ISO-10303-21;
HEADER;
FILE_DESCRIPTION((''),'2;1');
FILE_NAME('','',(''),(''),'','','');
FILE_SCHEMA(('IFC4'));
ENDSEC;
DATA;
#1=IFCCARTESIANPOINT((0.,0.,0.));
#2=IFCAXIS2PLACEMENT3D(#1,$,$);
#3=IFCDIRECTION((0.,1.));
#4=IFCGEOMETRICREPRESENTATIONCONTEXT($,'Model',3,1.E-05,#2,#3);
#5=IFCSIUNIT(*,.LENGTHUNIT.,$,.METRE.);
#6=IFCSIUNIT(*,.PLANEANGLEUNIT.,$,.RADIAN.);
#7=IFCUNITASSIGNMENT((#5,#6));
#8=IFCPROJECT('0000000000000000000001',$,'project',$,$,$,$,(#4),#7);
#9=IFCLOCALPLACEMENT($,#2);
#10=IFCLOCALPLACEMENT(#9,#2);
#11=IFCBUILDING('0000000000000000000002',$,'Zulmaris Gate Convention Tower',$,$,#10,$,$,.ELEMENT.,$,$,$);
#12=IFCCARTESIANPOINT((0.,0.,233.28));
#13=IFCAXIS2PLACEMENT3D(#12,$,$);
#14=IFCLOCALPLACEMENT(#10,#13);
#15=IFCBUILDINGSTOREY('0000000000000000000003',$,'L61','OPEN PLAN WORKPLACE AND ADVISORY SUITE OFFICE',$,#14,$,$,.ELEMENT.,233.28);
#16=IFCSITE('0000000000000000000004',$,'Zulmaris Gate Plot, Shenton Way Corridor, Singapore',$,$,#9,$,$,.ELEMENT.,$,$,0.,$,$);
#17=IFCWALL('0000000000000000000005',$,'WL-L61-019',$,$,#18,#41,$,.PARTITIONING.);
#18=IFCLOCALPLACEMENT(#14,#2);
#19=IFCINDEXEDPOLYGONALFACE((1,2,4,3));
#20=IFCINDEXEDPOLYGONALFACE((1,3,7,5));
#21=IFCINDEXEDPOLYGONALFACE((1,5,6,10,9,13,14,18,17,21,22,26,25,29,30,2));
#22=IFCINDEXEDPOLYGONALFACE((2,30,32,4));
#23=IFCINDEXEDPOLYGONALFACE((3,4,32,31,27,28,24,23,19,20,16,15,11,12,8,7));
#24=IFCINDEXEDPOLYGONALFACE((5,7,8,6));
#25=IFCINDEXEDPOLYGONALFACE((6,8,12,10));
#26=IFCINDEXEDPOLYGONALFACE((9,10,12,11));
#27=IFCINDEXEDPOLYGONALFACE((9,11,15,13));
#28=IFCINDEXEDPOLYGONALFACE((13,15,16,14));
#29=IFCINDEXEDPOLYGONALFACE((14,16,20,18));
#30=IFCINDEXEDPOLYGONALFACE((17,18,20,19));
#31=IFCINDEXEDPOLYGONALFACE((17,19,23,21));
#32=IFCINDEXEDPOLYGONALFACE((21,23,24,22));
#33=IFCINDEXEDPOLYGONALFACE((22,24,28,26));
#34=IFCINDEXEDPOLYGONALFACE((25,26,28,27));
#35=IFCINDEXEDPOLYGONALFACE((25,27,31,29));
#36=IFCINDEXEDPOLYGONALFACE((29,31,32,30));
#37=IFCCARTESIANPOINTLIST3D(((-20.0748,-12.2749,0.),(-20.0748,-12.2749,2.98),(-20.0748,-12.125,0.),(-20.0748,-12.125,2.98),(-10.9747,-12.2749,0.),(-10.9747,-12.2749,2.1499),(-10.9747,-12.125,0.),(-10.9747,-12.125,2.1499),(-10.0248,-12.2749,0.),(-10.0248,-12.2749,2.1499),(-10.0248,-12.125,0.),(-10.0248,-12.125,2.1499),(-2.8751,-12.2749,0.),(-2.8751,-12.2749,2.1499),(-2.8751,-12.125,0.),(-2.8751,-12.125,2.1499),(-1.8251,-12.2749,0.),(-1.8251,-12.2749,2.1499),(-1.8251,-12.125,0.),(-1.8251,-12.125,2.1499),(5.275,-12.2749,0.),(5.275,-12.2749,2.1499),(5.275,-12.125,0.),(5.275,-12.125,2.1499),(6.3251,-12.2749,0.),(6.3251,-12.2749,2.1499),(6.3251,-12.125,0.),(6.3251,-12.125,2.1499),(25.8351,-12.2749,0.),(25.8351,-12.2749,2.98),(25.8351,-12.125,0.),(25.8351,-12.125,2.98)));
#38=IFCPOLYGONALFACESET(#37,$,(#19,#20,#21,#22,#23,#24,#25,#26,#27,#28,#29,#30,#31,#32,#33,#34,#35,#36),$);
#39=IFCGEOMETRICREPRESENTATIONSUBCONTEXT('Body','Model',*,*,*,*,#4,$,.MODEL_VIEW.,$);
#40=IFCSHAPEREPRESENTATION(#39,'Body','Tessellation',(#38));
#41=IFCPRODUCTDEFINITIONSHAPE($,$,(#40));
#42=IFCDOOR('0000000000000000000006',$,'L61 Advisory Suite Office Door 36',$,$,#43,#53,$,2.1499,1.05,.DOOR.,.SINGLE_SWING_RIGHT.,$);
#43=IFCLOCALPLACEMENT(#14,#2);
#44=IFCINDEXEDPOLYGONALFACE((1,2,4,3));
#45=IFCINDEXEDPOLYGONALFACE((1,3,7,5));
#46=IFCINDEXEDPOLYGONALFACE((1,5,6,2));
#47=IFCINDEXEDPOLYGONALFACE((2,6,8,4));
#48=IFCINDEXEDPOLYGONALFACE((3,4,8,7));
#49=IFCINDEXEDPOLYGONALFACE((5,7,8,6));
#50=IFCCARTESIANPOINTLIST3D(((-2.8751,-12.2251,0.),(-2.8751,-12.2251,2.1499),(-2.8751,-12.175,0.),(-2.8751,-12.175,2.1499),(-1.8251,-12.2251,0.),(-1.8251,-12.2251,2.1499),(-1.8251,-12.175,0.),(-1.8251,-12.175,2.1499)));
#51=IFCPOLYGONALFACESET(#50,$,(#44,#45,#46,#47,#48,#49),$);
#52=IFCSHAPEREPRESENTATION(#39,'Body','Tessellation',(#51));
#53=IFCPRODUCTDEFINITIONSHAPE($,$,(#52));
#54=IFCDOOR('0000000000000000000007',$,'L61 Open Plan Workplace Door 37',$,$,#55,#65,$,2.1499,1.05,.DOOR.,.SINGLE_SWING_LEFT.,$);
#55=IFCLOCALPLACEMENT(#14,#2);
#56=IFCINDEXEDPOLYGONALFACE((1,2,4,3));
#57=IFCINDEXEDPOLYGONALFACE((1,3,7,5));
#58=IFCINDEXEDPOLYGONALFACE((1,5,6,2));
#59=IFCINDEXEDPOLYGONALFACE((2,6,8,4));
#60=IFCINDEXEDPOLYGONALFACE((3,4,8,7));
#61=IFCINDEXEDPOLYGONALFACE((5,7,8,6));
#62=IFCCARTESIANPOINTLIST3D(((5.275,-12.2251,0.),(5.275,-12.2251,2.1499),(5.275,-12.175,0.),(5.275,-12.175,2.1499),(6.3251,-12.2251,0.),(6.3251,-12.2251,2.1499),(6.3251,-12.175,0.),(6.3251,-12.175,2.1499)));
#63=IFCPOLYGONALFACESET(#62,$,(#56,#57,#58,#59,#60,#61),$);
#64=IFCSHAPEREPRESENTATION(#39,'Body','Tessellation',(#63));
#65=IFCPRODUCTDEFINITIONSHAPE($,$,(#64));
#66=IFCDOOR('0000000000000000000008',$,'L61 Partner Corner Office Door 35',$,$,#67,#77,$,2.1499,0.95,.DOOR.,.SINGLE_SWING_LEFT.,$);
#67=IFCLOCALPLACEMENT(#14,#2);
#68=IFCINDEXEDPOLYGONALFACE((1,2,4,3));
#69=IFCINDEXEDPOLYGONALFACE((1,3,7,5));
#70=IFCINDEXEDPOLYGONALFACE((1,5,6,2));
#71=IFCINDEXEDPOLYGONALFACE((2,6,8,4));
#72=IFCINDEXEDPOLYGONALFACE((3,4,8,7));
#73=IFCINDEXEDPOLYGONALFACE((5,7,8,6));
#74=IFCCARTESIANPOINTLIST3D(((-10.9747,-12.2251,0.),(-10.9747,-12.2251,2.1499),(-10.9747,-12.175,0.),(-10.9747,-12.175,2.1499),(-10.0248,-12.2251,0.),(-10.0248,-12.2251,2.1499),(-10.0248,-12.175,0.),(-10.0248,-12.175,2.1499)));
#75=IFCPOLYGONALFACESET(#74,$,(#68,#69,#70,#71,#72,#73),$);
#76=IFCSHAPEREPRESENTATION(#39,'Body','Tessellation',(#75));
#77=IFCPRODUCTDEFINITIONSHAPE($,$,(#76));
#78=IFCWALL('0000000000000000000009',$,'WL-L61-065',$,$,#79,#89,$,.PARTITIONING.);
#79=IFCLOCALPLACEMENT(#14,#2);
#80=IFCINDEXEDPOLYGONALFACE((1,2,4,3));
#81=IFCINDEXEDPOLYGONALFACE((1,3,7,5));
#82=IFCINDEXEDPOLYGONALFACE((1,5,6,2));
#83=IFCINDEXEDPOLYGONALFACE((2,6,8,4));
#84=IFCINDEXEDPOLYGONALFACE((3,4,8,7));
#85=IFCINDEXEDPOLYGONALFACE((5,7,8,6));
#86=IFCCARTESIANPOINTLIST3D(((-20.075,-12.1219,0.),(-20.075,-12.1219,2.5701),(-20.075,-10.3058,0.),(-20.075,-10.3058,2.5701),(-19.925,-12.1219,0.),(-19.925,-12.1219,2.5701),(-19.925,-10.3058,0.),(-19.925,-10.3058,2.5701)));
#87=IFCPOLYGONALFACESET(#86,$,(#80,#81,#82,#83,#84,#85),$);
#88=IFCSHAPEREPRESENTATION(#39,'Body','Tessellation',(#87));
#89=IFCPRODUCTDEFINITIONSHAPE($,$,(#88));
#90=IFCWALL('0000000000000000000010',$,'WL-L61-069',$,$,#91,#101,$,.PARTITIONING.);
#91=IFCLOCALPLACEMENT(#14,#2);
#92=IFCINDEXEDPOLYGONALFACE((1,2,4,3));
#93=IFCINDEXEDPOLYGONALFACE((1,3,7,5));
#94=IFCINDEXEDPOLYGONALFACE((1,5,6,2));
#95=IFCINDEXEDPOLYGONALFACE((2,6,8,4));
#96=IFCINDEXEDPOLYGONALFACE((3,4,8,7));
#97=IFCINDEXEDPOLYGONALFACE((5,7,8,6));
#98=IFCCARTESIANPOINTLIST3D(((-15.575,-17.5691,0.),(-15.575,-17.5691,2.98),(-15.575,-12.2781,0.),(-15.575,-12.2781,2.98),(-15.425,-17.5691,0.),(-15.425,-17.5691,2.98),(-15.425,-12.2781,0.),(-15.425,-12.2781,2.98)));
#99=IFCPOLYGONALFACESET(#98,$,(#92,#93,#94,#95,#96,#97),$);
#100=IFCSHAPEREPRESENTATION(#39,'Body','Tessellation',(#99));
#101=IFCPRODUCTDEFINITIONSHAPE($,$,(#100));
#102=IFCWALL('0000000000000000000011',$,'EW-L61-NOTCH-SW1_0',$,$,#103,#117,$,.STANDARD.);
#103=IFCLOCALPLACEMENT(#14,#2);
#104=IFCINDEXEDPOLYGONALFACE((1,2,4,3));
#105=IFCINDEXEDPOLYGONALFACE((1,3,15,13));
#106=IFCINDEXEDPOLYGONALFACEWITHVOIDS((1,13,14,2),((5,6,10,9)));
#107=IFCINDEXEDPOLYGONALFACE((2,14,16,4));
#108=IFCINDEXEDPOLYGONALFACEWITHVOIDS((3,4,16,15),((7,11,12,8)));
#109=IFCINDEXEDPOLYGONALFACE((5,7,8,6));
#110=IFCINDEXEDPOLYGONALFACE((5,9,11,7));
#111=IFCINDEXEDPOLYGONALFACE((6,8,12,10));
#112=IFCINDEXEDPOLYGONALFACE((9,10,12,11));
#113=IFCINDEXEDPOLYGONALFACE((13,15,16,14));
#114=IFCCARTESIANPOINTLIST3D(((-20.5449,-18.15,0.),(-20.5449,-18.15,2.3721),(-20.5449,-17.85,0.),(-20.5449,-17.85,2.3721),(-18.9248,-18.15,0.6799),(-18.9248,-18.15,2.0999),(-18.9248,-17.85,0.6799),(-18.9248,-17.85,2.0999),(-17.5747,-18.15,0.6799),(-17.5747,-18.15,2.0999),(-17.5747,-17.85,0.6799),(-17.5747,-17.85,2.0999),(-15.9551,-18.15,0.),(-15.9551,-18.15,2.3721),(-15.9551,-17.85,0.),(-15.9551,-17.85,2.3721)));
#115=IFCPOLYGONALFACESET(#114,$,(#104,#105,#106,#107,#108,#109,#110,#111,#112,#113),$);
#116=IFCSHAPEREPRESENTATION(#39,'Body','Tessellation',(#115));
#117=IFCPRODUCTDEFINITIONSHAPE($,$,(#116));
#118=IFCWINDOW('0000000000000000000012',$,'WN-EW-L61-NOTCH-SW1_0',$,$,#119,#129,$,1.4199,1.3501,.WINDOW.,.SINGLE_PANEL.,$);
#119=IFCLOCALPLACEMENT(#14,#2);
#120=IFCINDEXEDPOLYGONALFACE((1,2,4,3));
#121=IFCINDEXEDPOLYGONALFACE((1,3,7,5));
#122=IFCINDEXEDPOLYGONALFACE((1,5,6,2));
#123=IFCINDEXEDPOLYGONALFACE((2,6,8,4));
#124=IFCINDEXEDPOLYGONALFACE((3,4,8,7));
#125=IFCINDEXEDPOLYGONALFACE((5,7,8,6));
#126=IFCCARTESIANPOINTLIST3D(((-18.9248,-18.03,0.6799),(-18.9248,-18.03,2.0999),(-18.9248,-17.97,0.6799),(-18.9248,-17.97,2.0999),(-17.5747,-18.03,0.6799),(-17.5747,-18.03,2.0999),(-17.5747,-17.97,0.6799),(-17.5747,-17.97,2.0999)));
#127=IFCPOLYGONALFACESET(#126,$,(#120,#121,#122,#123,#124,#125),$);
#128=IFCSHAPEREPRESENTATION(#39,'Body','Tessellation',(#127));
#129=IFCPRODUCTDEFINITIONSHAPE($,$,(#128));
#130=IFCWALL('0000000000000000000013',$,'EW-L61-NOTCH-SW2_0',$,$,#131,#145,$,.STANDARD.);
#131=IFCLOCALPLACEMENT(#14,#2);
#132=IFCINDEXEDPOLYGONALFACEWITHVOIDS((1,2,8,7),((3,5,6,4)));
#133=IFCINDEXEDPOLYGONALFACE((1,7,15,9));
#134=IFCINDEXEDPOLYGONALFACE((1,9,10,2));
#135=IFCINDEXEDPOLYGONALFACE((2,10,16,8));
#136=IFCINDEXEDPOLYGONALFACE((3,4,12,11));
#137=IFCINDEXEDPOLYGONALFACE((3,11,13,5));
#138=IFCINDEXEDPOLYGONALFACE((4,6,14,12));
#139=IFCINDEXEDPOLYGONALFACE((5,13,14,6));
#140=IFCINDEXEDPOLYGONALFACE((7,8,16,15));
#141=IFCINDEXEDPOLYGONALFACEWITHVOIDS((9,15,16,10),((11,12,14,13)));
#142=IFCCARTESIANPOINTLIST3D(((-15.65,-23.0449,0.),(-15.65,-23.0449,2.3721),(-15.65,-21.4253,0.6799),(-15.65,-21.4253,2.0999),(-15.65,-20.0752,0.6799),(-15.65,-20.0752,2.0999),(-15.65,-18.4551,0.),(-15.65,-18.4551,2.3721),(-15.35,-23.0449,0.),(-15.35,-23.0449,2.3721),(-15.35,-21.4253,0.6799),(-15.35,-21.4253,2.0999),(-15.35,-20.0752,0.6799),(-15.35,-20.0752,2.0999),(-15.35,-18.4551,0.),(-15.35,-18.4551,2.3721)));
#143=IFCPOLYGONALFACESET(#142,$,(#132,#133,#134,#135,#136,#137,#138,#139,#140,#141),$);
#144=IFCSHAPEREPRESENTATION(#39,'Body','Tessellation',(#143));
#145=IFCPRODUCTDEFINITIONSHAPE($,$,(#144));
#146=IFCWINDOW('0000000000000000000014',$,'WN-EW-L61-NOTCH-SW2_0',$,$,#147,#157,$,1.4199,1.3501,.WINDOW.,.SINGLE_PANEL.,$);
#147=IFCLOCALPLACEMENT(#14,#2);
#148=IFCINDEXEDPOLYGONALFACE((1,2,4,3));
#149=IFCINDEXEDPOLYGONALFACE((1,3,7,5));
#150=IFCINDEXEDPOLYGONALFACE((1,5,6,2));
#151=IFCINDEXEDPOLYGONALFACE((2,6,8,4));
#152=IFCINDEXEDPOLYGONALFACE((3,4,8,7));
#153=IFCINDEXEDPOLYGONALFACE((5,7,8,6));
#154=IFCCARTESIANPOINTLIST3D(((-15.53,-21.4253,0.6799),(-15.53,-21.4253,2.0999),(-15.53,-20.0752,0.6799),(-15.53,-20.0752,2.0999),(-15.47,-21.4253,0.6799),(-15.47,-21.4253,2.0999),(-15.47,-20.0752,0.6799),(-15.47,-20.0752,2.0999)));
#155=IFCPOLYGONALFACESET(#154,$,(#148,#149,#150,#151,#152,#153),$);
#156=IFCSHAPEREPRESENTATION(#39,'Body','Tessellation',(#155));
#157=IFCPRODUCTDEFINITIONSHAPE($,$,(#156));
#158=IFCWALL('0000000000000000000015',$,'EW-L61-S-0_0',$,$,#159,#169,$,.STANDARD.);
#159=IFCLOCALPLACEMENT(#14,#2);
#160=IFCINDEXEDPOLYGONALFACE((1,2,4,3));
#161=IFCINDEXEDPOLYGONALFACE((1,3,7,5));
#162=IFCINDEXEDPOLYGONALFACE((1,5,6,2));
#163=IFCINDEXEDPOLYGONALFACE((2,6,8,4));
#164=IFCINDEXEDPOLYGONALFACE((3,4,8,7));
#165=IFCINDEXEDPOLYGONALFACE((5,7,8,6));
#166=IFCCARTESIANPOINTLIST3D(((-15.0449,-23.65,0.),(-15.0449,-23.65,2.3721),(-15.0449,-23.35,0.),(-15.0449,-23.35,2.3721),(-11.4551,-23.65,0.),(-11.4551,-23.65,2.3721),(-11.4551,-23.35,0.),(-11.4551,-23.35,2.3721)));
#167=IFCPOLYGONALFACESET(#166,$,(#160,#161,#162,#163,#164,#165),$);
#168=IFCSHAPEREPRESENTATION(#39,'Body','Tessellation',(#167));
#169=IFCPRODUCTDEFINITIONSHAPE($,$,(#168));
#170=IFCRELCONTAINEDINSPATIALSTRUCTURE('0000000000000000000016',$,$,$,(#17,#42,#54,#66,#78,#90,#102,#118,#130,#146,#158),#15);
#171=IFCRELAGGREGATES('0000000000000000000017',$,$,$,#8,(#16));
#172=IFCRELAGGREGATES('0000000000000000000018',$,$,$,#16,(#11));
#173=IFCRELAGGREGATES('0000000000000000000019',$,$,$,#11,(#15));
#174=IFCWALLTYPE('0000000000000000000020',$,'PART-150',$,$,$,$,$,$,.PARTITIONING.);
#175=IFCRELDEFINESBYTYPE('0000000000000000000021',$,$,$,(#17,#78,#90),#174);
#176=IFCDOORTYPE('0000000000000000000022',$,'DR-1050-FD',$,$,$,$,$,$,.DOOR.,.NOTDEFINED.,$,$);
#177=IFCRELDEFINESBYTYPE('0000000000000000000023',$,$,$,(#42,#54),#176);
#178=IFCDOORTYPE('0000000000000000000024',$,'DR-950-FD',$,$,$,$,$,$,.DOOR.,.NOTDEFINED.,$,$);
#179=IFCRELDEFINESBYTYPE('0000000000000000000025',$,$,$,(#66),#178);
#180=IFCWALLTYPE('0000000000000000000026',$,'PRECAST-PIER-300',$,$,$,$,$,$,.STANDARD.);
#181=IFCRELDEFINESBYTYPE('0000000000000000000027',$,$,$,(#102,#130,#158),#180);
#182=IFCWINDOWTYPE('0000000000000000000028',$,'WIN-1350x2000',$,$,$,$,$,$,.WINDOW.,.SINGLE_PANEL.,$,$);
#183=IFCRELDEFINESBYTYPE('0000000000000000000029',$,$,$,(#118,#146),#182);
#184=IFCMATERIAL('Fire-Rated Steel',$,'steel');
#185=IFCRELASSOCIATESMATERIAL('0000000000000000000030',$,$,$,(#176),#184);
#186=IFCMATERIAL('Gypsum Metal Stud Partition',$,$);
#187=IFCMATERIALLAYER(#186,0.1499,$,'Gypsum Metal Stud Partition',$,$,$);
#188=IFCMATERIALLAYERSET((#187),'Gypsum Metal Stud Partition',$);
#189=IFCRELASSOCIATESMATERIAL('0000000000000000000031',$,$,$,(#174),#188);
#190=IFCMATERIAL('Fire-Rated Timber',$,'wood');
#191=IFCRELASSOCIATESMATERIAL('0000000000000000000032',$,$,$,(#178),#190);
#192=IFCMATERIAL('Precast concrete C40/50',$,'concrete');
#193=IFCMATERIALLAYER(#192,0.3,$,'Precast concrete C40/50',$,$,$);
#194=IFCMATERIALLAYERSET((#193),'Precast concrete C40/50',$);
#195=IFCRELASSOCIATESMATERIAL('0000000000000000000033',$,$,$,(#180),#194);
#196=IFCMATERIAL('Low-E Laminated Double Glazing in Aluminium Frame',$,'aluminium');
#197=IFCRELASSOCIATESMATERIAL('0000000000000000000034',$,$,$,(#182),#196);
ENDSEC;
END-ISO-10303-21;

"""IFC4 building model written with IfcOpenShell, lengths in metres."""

from ifc_helpers import new_model, si_unit, direction, frame, frame_2d, origin, place, context, subcontext, project, spatial, rectangle, extrude, material, layer, layer_set, type_object, element, fill, save


model = new_model("IFC4")

# Units and contexts
model_context = context("Model", 3, precision=1e-05, world=origin(), true_north=direction((0.0, 1.0)))
body_context = subcontext(model_context, "Body", "Model", "MODEL_VIEW")
ifc_project = project(units=[si_unit("LENGTHUNIT", "METRE"), si_unit("PLANEANGLEUNIT", "RADIAN")], contexts=[model_context])

# Site, building, storey
site_placement = place(None, origin())
site = spatial("IfcSite", under=ifc_project, at=site_placement, Name="Zulmaris Gate Plot, Shenton Way Corridor, Singapore", CompositionType="ELEMENT", RefElevation=0.0)
building_placement = place(site_placement, origin())
building = spatial("IfcBuilding", under=site, at=building_placement, Name="Zulmaris Gate Convention Tower", CompositionType="ELEMENT")
storey_placement = place(building_placement, frame((0.0, 0.0, 233.28)))
storey = spatial("IfcBuildingStorey", under=building, at=storey_placement, Name="L61", Description="OPEN PLAN WORKPLACE AND ADVISORY SUITE OFFICE", CompositionType="ELEMENT", Elevation=233.28)

# Shared definitions
ifc_material_1 = material(Name="Fire-Rated Steel", Category="steel")
door_type_1 = type_object("IfcDoorType", Name="DR-1050-FD", OperationType="NOTDEFINED", PredefinedType="DOOR", material=ifc_material_1)

# Wall, openings, doors
ifc_material_2 = material(Name="Gypsum Metal Stud Partition")
ifc_layer_1 = layer(ifc_material_2, 0.1499, Name="Gypsum Metal Stud Partition")
ifc_layer_set_1 = layer_set([ifc_layer_1], Name="Gypsum Metal Stud Partition")
wall_type_1 = type_object("IfcWallType", Name="PART-150", PredefinedType="PARTITIONING", material=ifc_layer_set_1)
wall_1_placement = place(storey_placement, frame((-20.075, -12.2, 0.0), z_axis=(0.0, 0.0, 1.0), x_axis=(1.0, 0.0, 0.0)))
wall_1 = element("IfcWall", 1, at=wall_1_placement, inside=storey, type_object=wall_type_1, Name="WL-L61-019", PredefinedType="PARTITIONING", context=body_context, shape_type="SweptSolid", body=[
    extrude(rectangle(XDim=45.9099, YDim=0.1499, at=frame_2d((22.9551, 0.0))), origin(), (0.0, 0.0, 1.0), 2.98),
])
opening_1_placement = place(wall_1_placement, frame((9.1001, 0.0, 0.0)))
opening_1 = element("IfcOpeningElement", 2, at=opening_1_placement, cuts=wall_1, PredefinedType="OPENING", context=body_context, shape_type="SweptSolid", body=[
    extrude(rectangle(XDim=0.95, YDim=2.1499, at=frame_2d((0.4751, 1.075))), frame((0.0, 0.085, 0.0), z_axis=(0.0, -1.0, 0.0), x_axis=(1.0, 0.0, 0.0)), (0.0, 0.0, 1.0), 0.1699),
])
opening_2_placement = place(wall_1_placement, frame((17.2, 0.0, 0.0)))
opening_2 = element("IfcOpeningElement", 3, at=opening_2_placement, cuts=wall_1, PredefinedType="OPENING", context=body_context, shape_type="SweptSolid", body=[
    extrude(rectangle(XDim=1.05, YDim=2.1499, at=frame_2d((0.5249, 1.075))), frame((0.0, 0.085, 0.0), z_axis=(0.0, -1.0, 0.0), x_axis=(1.0, 0.0, 0.0)), (0.0, 0.0, 1.0), 0.1699),
])
opening_3_placement = place(wall_1_placement, frame((25.3501, 0.0, 0.0)))
opening_3 = element("IfcOpeningElement", 4, at=opening_3_placement, cuts=wall_1, PredefinedType="OPENING", context=body_context, shape_type="SweptSolid", body=[
    extrude(rectangle(XDim=1.05, YDim=2.1499, at=frame_2d((0.5249, 1.075))), frame((0.0, 0.085, 0.0), z_axis=(0.0, -1.0, 0.0), x_axis=(1.0, 0.0, 0.0)), (0.0, 0.0, 1.0), 0.1699),
])
door_1_placement = place(opening_2_placement, origin())
door_1 = element("IfcDoor", 5, at=door_1_placement, inside=storey, type_object=door_type_1, Name="L61 Advisory Suite Office Door 36", OperationType="SINGLE_SWING_RIGHT", OverallHeight=2.1499, OverallWidth=1.05, PredefinedType="DOOR", context=body_context, shape_type="SweptSolid", body=[
    extrude(rectangle(XDim=1.05, YDim=2.1499, at=frame_2d((0.5249, 1.075))), frame((0.0, 0.0249, 0.0), z_axis=(0.0, -1.0, 0.0), x_axis=(1.0, 0.0, 0.0)), (0.0, 0.0, 1.0), 0.05),
])
fill(opening_2, door_1)
door_2_placement = place(opening_3_placement, origin())
door_2 = element("IfcDoor", 6, at=door_2_placement, inside=storey, type_object=door_type_1, Name="L61 Open Plan Workplace Door 37", OperationType="SINGLE_SWING_LEFT", OverallHeight=2.1499, OverallWidth=1.05, PredefinedType="DOOR", context=body_context, shape_type="SweptSolid", body=[
    extrude(rectangle(XDim=1.05, YDim=2.1499, at=frame_2d((0.5249, 1.075))), frame((0.0, 0.0249, 0.0), z_axis=(0.0, -1.0, 0.0), x_axis=(1.0, 0.0, 0.0)), (0.0, 0.0, 1.0), 0.05),
])
fill(opening_3, door_2)
ifc_material_3 = material(Name="Fire-Rated Timber", Category="wood")
door_type_2 = type_object("IfcDoorType", Name="DR-950-FD", OperationType="NOTDEFINED", PredefinedType="DOOR", material=ifc_material_3)
door_3_placement = place(opening_1_placement, origin())
door_3 = element("IfcDoor", 7, at=door_3_placement, inside=storey, type_object=door_type_2, Name="L61 Partner Corner Office Door 35", OperationType="SINGLE_SWING_LEFT", OverallHeight=2.1499, OverallWidth=0.95, PredefinedType="DOOR", context=body_context, shape_type="SweptSolid", body=[
    extrude(rectangle(XDim=0.95, YDim=2.1499, at=frame_2d((0.4751, 1.075))), frame((0.0, 0.0249, 0.0), z_axis=(0.0, -1.0, 0.0), x_axis=(1.0, 0.0, 0.0)), (0.0, 0.0, 1.0), 0.05),
])
fill(opening_1, door_3)

# Walls
wall_2_placement = place(storey_placement, frame((-20.0, -12.1221, 0.0), z_axis=(0.0, 0.0, 1.0), x_axis=(0.0, 1.0, 0.0)))
element("IfcWall", 8, at=wall_2_placement, inside=storey, type_object=wall_type_1, Name="WL-L61-065", PredefinedType="PARTITIONING", context=body_context, shape_type="SweptSolid", body=[
    extrude(rectangle(XDim=1.8162, YDim=0.1499, at=frame_2d((0.9082, 0.0))), origin(), (0.0, 0.0, 1.0), 2.5701),
])
wall_3_placement = place(storey_placement, frame((-15.5, -17.5691, 0.0), z_axis=(0.0, 0.0, 1.0), x_axis=(0.0, 1.0, 0.0)))
element("IfcWall", 9, at=wall_3_placement, inside=storey, type_object=wall_type_1, Name="WL-L61-069", PredefinedType="PARTITIONING", context=body_context, shape_type="SweptSolid", body=[
    extrude(rectangle(XDim=5.291, YDim=0.1499, at=frame_2d((2.6455, 0.0))), origin(), (0.0, 0.0, 1.0), 2.98),
])

# Walls, openings, windows
ifc_material_4 = material(Name="Precast concrete C40/50", Category="concrete")
ifc_layer_2 = layer(ifc_material_4, 0.3, Name="Precast concrete C40/50")
ifc_layer_set_2 = layer_set([ifc_layer_2], Name="Precast concrete C40/50")
wall_type_2 = type_object("IfcWallType", Name="PRECAST-PIER-300", PredefinedType="STANDARD", material=ifc_layer_set_2)
wall_4_placement = place(storey_placement, frame((-20.5449, -18.0, 0.0), z_axis=(0.0, 0.0, 1.0), x_axis=(1.0, 0.0, 0.0)))
wall_4 = element("IfcWall", 10, at=wall_4_placement, inside=storey, type_object=wall_type_2, Name="EW-L61-NOTCH-SW1_0", PredefinedType="STANDARD", context=body_context, shape_type="SweptSolid", body=[
    extrude(rectangle(XDim=4.5898, YDim=0.3, at=frame_2d((2.2949, 0.0))), origin(), (0.0, 0.0, 1.0), 2.3721),
])
opening_4_placement = place(wall_4_placement, frame((1.6201, 0.0, 0.6799)))
opening_4 = element("IfcOpeningElement", 11, at=opening_4_placement, cuts=wall_4, PredefinedType="OPENING", context=body_context, shape_type="SweptSolid", body=[
    extrude(rectangle(XDim=1.3501, YDim=1.4199, at=frame_2d((0.675, 0.71))), frame((0.0, 0.1602, 0.0), z_axis=(0.0, -1.0, 0.0), x_axis=(1.0, 0.0, 0.0)), (0.0, 0.0, 1.0), 0.3201),
])
ifc_material_5 = material(Name="Low-E Laminated Double Glazing in Aluminium Frame", Category="aluminium")
window_type = type_object("IfcWindowType", Name="WIN-1350x2000", PartitioningType="SINGLE_PANEL", PredefinedType="WINDOW", material=ifc_material_5)
window_1_placement = place(opening_4_placement, origin())
window_1 = element("IfcWindow", 12, at=window_1_placement, inside=storey, type_object=window_type, Name="WN-EW-L61-NOTCH-SW1_0", OverallHeight=1.4199, OverallWidth=1.3501, PartitioningType="SINGLE_PANEL", PredefinedType="WINDOW", context=body_context, shape_type="SweptSolid", body=[
    extrude(rectangle(XDim=1.3501, YDim=1.4199, at=frame_2d((0.675, 0.71))), frame((0.0, 0.03, 0.0), z_axis=(0.0, -1.0, 0.0), x_axis=(1.0, 0.0, 0.0)), (0.0, 0.0, 1.0), 0.0601),
])
fill(opening_4, window_1)
wall_5_placement = place(storey_placement, frame((-15.5, -18.4551, 0.0), z_axis=(0.0, 0.0, 1.0), x_axis=(0.0, -1.0, 0.0)))
wall_5 = element("IfcWall", 13, at=wall_5_placement, inside=storey, type_object=wall_type_2, Name="EW-L61-NOTCH-SW2_0", PredefinedType="STANDARD", context=body_context, shape_type="SweptSolid", body=[
    extrude(rectangle(XDim=4.5898, YDim=0.3, at=frame_2d((2.2949, 0.0))), origin(), (0.0, 0.0, 1.0), 2.3721),
])
opening_5_placement = place(wall_5_placement, frame((1.6201, 0.0, 0.6799)))
opening_5 = element("IfcOpeningElement", 14, at=opening_5_placement, cuts=wall_5, PredefinedType="OPENING", context=body_context, shape_type="SweptSolid", body=[
    extrude(rectangle(XDim=1.3501, YDim=1.4199, at=frame_2d((0.675, 0.71))), frame((0.0, 0.1602, 0.0), z_axis=(0.0, -1.0, 0.0), x_axis=(1.0, 0.0, 0.0)), (0.0, 0.0, 1.0), 0.3201),
])
window_2_placement = place(opening_5_placement, origin())
window_2 = element("IfcWindow", 15, at=window_2_placement, inside=storey, type_object=window_type, Name="WN-EW-L61-NOTCH-SW2_0", OverallHeight=1.4199, OverallWidth=1.3501, PartitioningType="SINGLE_PANEL", PredefinedType="WINDOW", context=body_context, shape_type="SweptSolid", body=[
    extrude(rectangle(XDim=1.3501, YDim=1.4199, at=frame_2d((0.675, 0.71))), frame((0.0, 0.03, 0.0), z_axis=(0.0, -1.0, 0.0), x_axis=(1.0, 0.0, 0.0)), (0.0, 0.0, 1.0), 0.0601),
])
fill(opening_5, window_2)

# Wall
wall_6_placement = place(storey_placement, frame((-15.0449, -23.5, 0.0), z_axis=(0.0, 0.0, 1.0), x_axis=(1.0, 0.0, 0.0)))
element("IfcWall", 16, at=wall_6_placement, inside=storey, type_object=wall_type_2, Name="EW-L61-S-0_0", PredefinedType="STANDARD", context=body_context, shape_type="SweptSolid", body=[
    extrude(rectangle(XDim=3.5898, YDim=0.3, at=frame_2d((1.7949, 0.0))), origin(), (0.0, 0.0, 1.0), 2.3721),
])

save(model, "model.ifc")
